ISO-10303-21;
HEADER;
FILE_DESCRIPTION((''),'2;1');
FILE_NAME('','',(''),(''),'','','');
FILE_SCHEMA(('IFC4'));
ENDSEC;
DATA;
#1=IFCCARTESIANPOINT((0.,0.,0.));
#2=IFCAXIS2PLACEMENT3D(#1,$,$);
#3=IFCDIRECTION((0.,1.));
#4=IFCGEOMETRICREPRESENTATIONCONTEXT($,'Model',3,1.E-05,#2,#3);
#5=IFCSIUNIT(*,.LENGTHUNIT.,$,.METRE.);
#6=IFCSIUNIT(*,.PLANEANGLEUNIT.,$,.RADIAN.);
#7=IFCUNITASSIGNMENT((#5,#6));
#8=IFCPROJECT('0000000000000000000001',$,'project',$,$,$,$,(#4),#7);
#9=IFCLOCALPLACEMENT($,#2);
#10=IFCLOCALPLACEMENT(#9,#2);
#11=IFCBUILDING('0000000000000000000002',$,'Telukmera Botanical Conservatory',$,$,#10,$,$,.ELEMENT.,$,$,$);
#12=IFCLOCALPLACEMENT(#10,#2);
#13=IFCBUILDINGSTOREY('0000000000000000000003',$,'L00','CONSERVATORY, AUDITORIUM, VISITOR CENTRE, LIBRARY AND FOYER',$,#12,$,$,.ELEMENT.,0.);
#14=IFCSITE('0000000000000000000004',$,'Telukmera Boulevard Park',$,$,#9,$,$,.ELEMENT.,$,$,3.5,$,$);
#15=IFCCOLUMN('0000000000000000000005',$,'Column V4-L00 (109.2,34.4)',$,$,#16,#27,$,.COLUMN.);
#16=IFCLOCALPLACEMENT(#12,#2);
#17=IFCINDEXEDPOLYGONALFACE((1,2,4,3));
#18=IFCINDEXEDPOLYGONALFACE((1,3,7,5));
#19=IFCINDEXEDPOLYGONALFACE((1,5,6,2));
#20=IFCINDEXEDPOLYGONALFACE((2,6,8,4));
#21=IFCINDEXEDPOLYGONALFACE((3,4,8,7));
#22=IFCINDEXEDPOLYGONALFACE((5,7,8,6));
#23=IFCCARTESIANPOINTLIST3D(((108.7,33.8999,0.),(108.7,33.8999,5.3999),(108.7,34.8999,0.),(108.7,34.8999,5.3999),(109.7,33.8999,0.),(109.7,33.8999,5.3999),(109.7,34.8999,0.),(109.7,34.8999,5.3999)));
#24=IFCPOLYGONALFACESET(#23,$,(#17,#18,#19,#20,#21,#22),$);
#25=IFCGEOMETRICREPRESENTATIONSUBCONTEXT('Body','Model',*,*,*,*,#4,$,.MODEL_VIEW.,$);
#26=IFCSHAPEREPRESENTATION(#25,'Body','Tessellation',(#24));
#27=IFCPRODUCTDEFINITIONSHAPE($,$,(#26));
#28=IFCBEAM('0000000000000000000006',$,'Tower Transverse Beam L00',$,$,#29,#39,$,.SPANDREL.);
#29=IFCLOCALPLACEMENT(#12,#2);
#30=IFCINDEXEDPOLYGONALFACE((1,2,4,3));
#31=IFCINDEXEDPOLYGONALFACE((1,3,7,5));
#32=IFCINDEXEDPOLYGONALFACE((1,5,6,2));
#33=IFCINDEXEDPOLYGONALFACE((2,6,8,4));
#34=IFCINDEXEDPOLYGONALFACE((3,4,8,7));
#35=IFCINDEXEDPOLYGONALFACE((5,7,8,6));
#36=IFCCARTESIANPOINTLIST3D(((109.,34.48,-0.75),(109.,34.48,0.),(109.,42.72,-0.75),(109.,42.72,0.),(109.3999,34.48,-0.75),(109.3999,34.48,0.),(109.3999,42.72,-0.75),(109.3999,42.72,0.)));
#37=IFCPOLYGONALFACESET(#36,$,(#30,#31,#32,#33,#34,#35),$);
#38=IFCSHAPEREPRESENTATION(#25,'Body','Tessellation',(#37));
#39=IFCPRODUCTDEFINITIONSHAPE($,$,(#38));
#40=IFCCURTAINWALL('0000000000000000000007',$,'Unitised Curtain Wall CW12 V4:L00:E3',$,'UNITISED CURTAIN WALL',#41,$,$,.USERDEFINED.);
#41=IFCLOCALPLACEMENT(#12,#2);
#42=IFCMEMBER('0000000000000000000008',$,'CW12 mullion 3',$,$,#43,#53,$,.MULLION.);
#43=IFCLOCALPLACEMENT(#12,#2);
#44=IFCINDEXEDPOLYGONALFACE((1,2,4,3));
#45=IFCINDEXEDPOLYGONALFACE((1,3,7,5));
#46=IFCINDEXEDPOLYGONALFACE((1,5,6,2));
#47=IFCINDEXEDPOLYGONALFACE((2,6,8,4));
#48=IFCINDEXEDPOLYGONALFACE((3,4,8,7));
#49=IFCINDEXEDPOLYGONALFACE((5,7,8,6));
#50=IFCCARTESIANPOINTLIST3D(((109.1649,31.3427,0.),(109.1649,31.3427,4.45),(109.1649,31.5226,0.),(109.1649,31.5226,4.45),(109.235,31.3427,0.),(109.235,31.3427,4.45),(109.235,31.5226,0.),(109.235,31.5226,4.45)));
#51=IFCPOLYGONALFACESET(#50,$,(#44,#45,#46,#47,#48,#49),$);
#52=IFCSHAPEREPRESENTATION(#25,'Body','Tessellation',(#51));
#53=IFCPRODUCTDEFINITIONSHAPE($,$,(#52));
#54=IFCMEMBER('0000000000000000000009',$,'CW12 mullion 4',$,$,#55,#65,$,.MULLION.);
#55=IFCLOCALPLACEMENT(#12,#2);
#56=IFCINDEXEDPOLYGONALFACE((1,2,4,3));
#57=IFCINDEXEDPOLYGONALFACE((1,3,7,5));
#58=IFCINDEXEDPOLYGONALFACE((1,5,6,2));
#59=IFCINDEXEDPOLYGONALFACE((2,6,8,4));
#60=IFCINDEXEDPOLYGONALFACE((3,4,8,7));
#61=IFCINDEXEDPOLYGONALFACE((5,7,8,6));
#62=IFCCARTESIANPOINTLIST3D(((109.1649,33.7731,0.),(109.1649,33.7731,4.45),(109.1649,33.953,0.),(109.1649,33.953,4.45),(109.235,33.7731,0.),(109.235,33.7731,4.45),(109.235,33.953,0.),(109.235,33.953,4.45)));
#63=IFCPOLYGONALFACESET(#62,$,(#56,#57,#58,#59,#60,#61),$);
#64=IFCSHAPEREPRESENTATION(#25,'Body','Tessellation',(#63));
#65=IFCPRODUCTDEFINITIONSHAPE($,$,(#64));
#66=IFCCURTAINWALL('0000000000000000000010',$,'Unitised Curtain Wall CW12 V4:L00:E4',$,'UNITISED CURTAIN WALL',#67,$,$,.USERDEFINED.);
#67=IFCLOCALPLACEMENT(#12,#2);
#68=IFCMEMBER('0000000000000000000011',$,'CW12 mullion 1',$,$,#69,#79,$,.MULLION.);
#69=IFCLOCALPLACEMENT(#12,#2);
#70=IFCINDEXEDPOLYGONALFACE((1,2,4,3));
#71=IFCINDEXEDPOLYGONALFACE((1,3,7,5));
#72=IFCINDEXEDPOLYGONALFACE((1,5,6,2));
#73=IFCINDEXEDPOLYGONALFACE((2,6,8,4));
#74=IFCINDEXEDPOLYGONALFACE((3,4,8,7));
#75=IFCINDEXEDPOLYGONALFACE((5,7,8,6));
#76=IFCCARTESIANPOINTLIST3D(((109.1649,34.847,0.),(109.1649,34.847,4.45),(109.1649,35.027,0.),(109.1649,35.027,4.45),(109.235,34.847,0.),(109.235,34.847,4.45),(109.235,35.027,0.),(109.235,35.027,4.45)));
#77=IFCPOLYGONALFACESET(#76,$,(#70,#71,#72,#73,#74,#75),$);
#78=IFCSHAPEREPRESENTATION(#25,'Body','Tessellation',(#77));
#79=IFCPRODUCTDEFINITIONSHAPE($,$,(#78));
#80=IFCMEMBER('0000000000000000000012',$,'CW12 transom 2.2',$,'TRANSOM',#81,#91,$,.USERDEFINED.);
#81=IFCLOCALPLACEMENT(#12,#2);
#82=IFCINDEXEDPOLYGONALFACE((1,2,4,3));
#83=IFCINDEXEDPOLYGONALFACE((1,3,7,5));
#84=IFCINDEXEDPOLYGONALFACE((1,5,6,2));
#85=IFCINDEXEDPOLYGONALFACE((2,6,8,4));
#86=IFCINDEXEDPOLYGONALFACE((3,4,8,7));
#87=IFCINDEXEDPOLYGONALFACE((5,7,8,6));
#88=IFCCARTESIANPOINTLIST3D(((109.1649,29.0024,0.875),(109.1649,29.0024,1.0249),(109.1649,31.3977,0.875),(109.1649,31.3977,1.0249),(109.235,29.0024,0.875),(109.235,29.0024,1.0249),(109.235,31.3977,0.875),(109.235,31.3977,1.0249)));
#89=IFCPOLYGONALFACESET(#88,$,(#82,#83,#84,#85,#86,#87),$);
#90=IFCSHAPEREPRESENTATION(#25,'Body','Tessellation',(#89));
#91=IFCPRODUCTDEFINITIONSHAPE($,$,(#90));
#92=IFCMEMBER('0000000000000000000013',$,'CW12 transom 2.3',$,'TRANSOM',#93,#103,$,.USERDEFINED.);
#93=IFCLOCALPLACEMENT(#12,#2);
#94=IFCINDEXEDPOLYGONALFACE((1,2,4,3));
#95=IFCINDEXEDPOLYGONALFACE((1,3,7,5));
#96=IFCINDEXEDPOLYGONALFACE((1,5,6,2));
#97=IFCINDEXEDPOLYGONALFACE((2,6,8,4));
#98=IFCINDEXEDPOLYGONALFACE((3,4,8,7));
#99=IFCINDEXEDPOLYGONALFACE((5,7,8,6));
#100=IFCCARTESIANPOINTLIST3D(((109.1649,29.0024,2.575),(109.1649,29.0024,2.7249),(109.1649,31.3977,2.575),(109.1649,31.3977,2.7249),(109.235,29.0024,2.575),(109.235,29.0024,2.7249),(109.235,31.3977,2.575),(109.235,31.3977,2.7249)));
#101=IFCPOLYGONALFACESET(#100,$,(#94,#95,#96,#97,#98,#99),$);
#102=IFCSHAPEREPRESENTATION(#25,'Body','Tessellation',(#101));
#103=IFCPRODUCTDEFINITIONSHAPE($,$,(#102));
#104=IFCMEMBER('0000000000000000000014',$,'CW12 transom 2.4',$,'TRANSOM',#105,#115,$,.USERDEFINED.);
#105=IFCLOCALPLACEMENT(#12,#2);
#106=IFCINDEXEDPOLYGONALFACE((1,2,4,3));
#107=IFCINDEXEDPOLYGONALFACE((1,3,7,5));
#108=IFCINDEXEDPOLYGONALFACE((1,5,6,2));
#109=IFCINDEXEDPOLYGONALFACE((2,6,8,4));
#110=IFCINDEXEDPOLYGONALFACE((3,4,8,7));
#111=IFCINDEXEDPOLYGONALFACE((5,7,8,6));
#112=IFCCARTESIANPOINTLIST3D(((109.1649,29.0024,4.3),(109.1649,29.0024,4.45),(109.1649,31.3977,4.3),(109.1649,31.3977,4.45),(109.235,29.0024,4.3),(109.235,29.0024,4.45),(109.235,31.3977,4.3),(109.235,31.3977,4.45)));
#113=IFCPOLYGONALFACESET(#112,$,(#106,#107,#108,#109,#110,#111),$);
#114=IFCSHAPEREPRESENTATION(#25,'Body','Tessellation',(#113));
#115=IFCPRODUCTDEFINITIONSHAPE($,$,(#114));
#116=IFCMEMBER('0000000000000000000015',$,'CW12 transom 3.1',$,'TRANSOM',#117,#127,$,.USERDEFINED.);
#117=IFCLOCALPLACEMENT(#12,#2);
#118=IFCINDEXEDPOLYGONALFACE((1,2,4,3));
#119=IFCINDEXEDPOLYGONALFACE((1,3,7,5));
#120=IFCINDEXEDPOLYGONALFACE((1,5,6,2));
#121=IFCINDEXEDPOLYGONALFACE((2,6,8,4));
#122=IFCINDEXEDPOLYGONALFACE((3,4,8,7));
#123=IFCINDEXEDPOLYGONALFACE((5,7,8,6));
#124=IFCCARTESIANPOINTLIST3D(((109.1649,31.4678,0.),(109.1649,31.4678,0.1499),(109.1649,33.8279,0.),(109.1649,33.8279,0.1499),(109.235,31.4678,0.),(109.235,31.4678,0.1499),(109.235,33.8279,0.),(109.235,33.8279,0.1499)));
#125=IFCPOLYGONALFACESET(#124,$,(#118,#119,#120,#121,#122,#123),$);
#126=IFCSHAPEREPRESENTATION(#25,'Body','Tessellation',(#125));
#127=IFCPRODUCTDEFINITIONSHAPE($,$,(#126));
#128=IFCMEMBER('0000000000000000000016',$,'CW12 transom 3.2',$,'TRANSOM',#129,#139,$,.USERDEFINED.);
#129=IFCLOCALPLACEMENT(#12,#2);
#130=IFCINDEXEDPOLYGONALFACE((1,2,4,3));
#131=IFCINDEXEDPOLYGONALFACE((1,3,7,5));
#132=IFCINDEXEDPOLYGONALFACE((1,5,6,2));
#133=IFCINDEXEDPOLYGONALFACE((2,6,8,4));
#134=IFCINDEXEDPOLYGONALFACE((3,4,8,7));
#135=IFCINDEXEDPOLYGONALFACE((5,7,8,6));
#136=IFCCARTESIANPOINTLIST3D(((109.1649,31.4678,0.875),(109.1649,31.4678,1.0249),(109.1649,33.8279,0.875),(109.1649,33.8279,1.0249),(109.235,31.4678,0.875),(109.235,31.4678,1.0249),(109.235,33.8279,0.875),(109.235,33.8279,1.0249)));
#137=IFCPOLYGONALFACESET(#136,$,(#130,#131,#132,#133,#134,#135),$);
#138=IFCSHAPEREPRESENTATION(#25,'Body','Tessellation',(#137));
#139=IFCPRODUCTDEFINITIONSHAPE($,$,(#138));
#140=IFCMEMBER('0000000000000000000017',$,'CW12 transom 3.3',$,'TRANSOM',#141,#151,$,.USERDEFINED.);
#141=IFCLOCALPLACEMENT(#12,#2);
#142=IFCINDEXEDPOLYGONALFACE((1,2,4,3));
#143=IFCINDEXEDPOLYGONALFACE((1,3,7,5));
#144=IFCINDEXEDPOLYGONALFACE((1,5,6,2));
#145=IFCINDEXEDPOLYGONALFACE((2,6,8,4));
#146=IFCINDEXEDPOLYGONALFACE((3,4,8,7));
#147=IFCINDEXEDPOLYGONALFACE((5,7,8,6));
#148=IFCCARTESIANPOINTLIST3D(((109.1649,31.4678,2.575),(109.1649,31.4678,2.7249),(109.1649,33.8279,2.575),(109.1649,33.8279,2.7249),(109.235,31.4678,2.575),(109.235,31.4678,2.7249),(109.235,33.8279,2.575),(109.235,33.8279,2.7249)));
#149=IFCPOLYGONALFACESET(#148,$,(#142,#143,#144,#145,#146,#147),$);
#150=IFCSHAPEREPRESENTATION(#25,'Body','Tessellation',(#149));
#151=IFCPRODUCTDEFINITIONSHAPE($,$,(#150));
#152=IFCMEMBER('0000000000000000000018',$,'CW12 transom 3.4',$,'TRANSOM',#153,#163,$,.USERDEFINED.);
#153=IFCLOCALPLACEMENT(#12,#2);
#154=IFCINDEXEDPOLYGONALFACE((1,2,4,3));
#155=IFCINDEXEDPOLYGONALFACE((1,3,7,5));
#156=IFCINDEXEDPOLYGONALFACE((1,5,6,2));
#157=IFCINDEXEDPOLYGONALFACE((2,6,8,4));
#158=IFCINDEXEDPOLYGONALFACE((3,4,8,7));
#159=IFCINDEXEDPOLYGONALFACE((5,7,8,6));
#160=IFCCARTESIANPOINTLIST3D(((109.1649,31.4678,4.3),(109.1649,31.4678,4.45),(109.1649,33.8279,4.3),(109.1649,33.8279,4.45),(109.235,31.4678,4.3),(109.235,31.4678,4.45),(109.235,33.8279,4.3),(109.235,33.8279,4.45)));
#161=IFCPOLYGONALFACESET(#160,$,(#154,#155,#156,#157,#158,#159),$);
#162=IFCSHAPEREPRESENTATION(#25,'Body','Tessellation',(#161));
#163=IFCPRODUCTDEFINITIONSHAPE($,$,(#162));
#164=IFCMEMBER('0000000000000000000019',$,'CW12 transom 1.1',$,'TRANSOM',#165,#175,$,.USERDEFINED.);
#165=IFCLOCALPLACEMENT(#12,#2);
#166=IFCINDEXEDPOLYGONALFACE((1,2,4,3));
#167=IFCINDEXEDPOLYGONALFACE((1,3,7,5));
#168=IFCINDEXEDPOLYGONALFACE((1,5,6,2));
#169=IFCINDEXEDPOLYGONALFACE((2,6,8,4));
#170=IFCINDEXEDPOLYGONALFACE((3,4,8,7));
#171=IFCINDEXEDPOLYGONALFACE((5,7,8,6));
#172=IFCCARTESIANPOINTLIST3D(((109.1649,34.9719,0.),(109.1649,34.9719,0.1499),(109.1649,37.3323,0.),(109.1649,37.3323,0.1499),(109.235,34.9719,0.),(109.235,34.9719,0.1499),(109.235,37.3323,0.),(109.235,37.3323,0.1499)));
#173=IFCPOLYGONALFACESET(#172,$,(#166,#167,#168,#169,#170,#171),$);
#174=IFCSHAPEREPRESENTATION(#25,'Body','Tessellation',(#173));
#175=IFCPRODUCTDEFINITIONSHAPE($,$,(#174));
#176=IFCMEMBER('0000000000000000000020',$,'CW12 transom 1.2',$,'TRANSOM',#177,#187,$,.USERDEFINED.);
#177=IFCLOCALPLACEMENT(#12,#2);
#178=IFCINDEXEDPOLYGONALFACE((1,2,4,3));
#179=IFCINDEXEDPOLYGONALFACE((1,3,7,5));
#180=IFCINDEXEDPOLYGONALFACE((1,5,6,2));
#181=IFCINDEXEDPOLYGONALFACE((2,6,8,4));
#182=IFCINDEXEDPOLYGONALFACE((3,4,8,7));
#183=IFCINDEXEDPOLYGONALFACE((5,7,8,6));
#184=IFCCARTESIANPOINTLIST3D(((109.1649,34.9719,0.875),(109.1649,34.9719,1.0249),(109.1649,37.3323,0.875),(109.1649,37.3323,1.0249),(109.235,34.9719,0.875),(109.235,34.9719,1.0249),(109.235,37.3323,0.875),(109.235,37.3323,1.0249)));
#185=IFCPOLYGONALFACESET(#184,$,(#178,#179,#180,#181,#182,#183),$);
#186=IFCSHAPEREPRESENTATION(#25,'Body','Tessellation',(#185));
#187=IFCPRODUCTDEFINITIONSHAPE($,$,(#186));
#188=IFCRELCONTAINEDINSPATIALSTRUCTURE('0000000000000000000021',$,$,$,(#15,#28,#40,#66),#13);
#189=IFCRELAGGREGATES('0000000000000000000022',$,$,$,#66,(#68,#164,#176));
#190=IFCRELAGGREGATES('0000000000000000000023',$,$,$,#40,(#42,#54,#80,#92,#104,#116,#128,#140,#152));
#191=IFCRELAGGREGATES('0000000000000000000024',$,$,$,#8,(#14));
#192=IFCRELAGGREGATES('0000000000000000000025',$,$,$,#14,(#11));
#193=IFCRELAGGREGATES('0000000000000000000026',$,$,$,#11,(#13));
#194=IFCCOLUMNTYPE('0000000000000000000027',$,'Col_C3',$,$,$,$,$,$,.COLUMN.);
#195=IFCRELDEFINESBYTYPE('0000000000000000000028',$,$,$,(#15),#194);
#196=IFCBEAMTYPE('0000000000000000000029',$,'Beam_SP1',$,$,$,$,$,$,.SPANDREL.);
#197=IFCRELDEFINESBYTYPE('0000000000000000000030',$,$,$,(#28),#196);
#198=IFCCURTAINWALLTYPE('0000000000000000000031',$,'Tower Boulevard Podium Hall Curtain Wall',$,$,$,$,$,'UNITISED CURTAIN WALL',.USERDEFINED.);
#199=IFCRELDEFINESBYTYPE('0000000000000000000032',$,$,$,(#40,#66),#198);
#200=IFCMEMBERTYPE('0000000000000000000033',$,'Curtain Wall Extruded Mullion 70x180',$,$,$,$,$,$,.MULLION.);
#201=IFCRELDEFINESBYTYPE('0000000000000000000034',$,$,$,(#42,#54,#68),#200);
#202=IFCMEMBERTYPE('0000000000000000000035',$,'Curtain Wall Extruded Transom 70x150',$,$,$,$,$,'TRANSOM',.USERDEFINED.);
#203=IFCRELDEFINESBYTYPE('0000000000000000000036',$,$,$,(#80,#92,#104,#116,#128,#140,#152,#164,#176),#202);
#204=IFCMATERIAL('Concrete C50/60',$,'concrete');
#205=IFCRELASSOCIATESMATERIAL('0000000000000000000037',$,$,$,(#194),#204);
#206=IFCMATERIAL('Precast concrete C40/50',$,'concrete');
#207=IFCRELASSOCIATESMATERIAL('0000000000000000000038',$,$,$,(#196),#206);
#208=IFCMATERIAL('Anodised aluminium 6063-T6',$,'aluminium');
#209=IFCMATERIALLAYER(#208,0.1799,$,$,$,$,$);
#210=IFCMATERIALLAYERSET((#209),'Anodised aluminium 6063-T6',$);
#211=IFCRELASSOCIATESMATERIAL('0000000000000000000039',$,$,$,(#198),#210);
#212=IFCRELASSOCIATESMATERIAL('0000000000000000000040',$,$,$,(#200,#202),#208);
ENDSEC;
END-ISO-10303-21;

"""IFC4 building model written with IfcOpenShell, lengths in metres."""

from ifc_helpers import new_model, si_unit, direction, frame, origin, origin_2d, place, context, subcontext, project, spatial, rectangle, extrude, material, layer, layer_set, material_profile, profile_set, type_object, element, aggregate, save


model = new_model("IFC4")

# Units and contexts
model_context = context("Model", 3, precision=1e-05, world=origin(), true_north=direction((0.0, 1.0)))
body_context = subcontext(model_context, "Body", "Model", "MODEL_VIEW")
ifc_project = project(units=[si_unit("LENGTHUNIT", "METRE"), si_unit("PLANEANGLEUNIT", "RADIAN")], contexts=[model_context])

# Site, building, storey
site_placement = place(None, origin())
site = spatial("IfcSite", under=ifc_project, at=site_placement, Name="Telukmera Boulevard Park", CompositionType="ELEMENT", RefElevation=3.5)
building_placement = place(site_placement, origin())
building = spatial("IfcBuilding", under=site, at=building_placement, Name="Telukmera Botanical Conservatory", CompositionType="ELEMENT")
storey_placement = place(building_placement, origin())
storey = spatial("IfcBuildingStorey", under=building, at=storey_placement, Name="L00", Description="CONSERVATORY, AUDITORIUM, VISITOR CENTRE, LIBRARY AND FOYER", CompositionType="ELEMENT", Elevation=0.0)

# Column
ifc_material_1 = material(Name="Concrete C50/60", Category="concrete")
ifc_material_profile_1 = material_profile(ifc_material_1, rectangle(XDim=1.0, YDim=1.0, at=origin_2d()), Name="RC 1000x1000")
ifc_profile_set_1 = profile_set([ifc_material_profile_1], Name="Concrete C50/60")
column_type = type_object("IfcColumnType", Name="Col_C3", PredefinedType="COLUMN", material=ifc_profile_set_1)
column_placement = place(storey_placement, frame((109.2, 34.3999, 0.0), z_axis=(0.0, 0.0, 1.0), x_axis=(1.0, 0.0, 0.0)))
element("IfcColumn", 1, at=column_placement, inside=storey, type_object=column_type, Name="Column V4-L00 (109.2,34.4)", PredefinedType="COLUMN", context=body_context, shape_type="SweptSolid", body=[
    extrude(rectangle(XDim=1.0, YDim=1.0, at=origin_2d()), origin(), (0.0, 0.0, 1.0), 5.3999),
])

# Beam
ifc_material_2 = material(Name="Precast concrete C40/50", Category="concrete")
ifc_material_profile_2 = material_profile(ifc_material_2, rectangle(XDim=0.3999, YDim=0.75, at=origin_2d()), Name="PC 400x750")
ifc_profile_set_2 = profile_set([ifc_material_profile_2], Name="Precast concrete C40/50")
beam_type = type_object("IfcBeamType", Name="Beam_SP1", PredefinedType="SPANDREL", material=ifc_profile_set_2)
beam_placement = place(storey_placement, frame((109.2, 34.48, -0.375), z_axis=(0.0, 1.0, 0.0), x_axis=(-1.0, 0.0, 0.0)))
element("IfcBeam", 2, at=beam_placement, inside=storey, type_object=beam_type, Name="Tower Transverse Beam L00", PredefinedType="SPANDREL", context=body_context, shape_type="SweptSolid", body=[
    extrude(rectangle(XDim=0.3999, YDim=0.75, at=origin_2d()), origin(), (0.0, 0.0, 1.0), 8.24),
])

# Curtain wall, members
ifc_material_3 = material(Name="Anodised aluminium 6063-T6", Category="aluminium")
ifc_layer_1 = layer(ifc_material_3, 0.1799)
ifc_layer_set_1 = layer_set([ifc_layer_1], Name="Anodised aluminium 6063-T6")
curtain_wall_type = type_object("IfcCurtainWallType", Name="Tower Boulevard Podium Hall Curtain Wall", ElementType="UNITISED CURTAIN WALL", PredefinedType="USERDEFINED", material=ifc_layer_set_1)
curtain_wall_1_placement = place(storey_placement, origin())
curtain_wall_1 = element("IfcCurtainWall", 3, at=curtain_wall_1_placement, inside=storey, type_object=curtain_wall_type, Name="Unitised Curtain Wall CW12 V4:L00:E3", ObjectType="UNITISED CURTAIN WALL", PredefinedType="USERDEFINED")
ifc_material_profile_3 = material_profile(ifc_material_3, rectangle(XDim=0.0701, YDim=0.1799, at=origin_2d()), Name="ALU MULL 70x180")
ifc_profile_set_3 = profile_set([ifc_material_profile_3], Name="Anodised aluminium 6063-T6")
member_type_1 = type_object("IfcMemberType", Name="Curtain Wall Extruded Mullion 70x180", PredefinedType="MULLION", material=ifc_profile_set_3)
member_1_placement = place(storey_placement, frame((109.2, 31.4326, 0.0), z_axis=(0.0, 0.0, 1.0), x_axis=(-1.0, 0.0, 0.0)))
member_1 = element("IfcMember", 4, at=member_1_placement, type_object=member_type_1, Name="CW12 mullion 3", PredefinedType="MULLION", context=body_context, shape_type="SweptSolid", body=[
    extrude(rectangle(XDim=0.0701, YDim=0.1799, at=origin_2d()), origin(), (0.0, 0.0, 1.0), 4.45),
])
member_2_placement = place(storey_placement, frame((109.2, 33.863, 0.0), z_axis=(0.0, 0.0, 1.0), x_axis=(-1.0, 0.0, 0.0)))
member_2 = element("IfcMember", 5, at=member_2_placement, type_object=member_type_1, Name="CW12 mullion 4", PredefinedType="MULLION", context=body_context, shape_type="SweptSolid", body=[
    extrude(rectangle(XDim=0.0701, YDim=0.1799, at=origin_2d()), origin(), (0.0, 0.0, 1.0), 4.45),
])

# Curtain wall, member
curtain_wall_2_placement = place(storey_placement, origin())
curtain_wall_2 = element("IfcCurtainWall", 6, at=curtain_wall_2_placement, inside=storey, type_object=curtain_wall_type, Name="Unitised Curtain Wall CW12 V4:L00:E4", ObjectType="UNITISED CURTAIN WALL", PredefinedType="USERDEFINED")
member_3_placement = place(storey_placement, frame((109.2, 34.937, 0.0), z_axis=(0.0, 0.0, 1.0), x_axis=(-1.0, 0.0, 0.0)))
member_3 = element("IfcMember", 7, at=member_3_placement, type_object=member_type_1, Name="CW12 mullion 1", PredefinedType="MULLION", context=body_context, shape_type="SweptSolid", body=[
    extrude(rectangle(XDim=0.0701, YDim=0.1799, at=origin_2d()), origin(), (0.0, 0.0, 1.0), 4.45),
])

# Members
ifc_material_profile_4 = material_profile(ifc_material_3, rectangle(XDim=0.0701, YDim=0.1499, at=origin_2d()), Name="ALU TRAN 70x150")
ifc_profile_set_4 = profile_set([ifc_material_profile_4], Name="Anodised aluminium 6063-T6")
member_type_2 = type_object("IfcMemberType", Name="Curtain Wall Extruded Transom 70x150", ElementType="TRANSOM", PredefinedType="USERDEFINED", material=ifc_profile_set_4)
member_4_placement = place(storey_placement, frame((109.2, 29.0024, 0.95), z_axis=(0.0, 1.0, 0.0), x_axis=(-1.0, 0.0, 0.0)))
member_4 = element("IfcMember", 8, at=member_4_placement, type_object=member_type_2, Name="CW12 transom 2.2", ObjectType="TRANSOM", PredefinedType="USERDEFINED", context=body_context, shape_type="SweptSolid", body=[
    extrude(rectangle(XDim=0.0701, YDim=0.1499, at=origin_2d()), origin(), (0.0, 0.0, 1.0), 2.3953),
])
member_5_placement = place(storey_placement, frame((109.2, 29.0024, 2.6499), z_axis=(0.0, 1.0, 0.0), x_axis=(-1.0, 0.0, 0.0)))
member_5 = element("IfcMember", 9, at=member_5_placement, type_object=member_type_2, Name="CW12 transom 2.3", ObjectType="TRANSOM", PredefinedType="USERDEFINED", context=body_context, shape_type="SweptSolid", body=[
    extrude(rectangle(XDim=0.0701, YDim=0.1499, at=origin_2d()), origin(), (0.0, 0.0, 1.0), 2.3953),
])
member_6_placement = place(storey_placement, frame((109.2, 29.0024, 4.375), z_axis=(0.0, 1.0, 0.0), x_axis=(-1.0, 0.0, 0.0)))
member_6 = element("IfcMember", 10, at=member_6_placement, type_object=member_type_2, Name="CW12 transom 2.4", ObjectType="TRANSOM", PredefinedType="USERDEFINED", context=body_context, shape_type="SweptSolid", body=[
    extrude(rectangle(XDim=0.0701, YDim=0.1499, at=origin_2d()), origin(), (0.0, 0.0, 1.0), 2.3953),
])
member_7_placement = place(storey_placement, frame((109.2, 31.4678, 0.075), z_axis=(0.0, 1.0, 0.0), x_axis=(-1.0, 0.0, 0.0)))
member_7 = element("IfcMember", 11, at=member_7_placement, type_object=member_type_2, Name="CW12 transom 3.1", ObjectType="TRANSOM", PredefinedType="USERDEFINED", context=body_context, shape_type="SweptSolid", body=[
    extrude(rectangle(XDim=0.0701, YDim=0.1499, at=origin_2d()), origin(), (0.0, 0.0, 1.0), 2.3601),
])
member_8_placement = place(storey_placement, frame((109.2, 31.4678, 0.95), z_axis=(0.0, 1.0, 0.0), x_axis=(-1.0, 0.0, 0.0)))
member_8 = element("IfcMember", 12, at=member_8_placement, type_object=member_type_2, Name="CW12 transom 3.2", ObjectType="TRANSOM", PredefinedType="USERDEFINED", context=body_context, shape_type="SweptSolid", body=[
    extrude(rectangle(XDim=0.0701, YDim=0.1499, at=origin_2d()), origin(), (0.0, 0.0, 1.0), 2.3601),
])
member_9_placement = place(storey_placement, frame((109.2, 31.4678, 2.6499), z_axis=(0.0, 1.0, 0.0), x_axis=(-1.0, 0.0, 0.0)))
member_9 = element("IfcMember", 13, at=member_9_placement, type_object=member_type_2, Name="CW12 transom 3.3", ObjectType="TRANSOM", PredefinedType="USERDEFINED", context=body_context, shape_type="SweptSolid", body=[
    extrude(rectangle(XDim=0.0701, YDim=0.1499, at=origin_2d()), origin(), (0.0, 0.0, 1.0), 2.3601),
])
member_10_placement = place(storey_placement, frame((109.2, 31.4678, 4.375), z_axis=(0.0, 1.0, 0.0), x_axis=(-1.0, 0.0, 0.0)))
member_10 = element("IfcMember", 14, at=member_10_placement, type_object=member_type_2, Name="CW12 transom 3.4", ObjectType="TRANSOM", PredefinedType="USERDEFINED", context=body_context, shape_type="SweptSolid", body=[
    extrude(rectangle(XDim=0.0701, YDim=0.1499, at=origin_2d()), origin(), (0.0, 0.0, 1.0), 2.3601),
])
member_11_placement = place(storey_placement, frame((109.2, 34.9719, 0.075), z_axis=(0.0, 1.0, 0.0), x_axis=(-1.0, 0.0, 0.0)))
member_11 = element("IfcMember", 15, at=member_11_placement, type_object=member_type_2, Name="CW12 transom 1.1", ObjectType="TRANSOM", PredefinedType="USERDEFINED", context=body_context, shape_type="SweptSolid", body=[
    extrude(rectangle(XDim=0.0701, YDim=0.1499, at=origin_2d()), origin(), (0.0, 0.0, 1.0), 2.3604),
])
member_12_placement = place(storey_placement, frame((109.2, 34.9719, 0.95), z_axis=(0.0, 1.0, 0.0), x_axis=(-1.0, 0.0, 0.0)))
member_12 = element("IfcMember", 16, at=member_12_placement, type_object=member_type_2, Name="CW12 transom 1.2", ObjectType="TRANSOM", PredefinedType="USERDEFINED", context=body_context, shape_type="SweptSolid", body=[
    extrude(rectangle(XDim=0.0701, YDim=0.1499, at=origin_2d()), origin(), (0.0, 0.0, 1.0), 2.3604),
])
aggregate(curtain_wall_2, [member_3, member_11, member_12])

aggregate(curtain_wall_1, [member_1, member_2, member_4, member_5, member_6, member_7, member_8, member_9, member_10])

save(model, "model.ifc")
